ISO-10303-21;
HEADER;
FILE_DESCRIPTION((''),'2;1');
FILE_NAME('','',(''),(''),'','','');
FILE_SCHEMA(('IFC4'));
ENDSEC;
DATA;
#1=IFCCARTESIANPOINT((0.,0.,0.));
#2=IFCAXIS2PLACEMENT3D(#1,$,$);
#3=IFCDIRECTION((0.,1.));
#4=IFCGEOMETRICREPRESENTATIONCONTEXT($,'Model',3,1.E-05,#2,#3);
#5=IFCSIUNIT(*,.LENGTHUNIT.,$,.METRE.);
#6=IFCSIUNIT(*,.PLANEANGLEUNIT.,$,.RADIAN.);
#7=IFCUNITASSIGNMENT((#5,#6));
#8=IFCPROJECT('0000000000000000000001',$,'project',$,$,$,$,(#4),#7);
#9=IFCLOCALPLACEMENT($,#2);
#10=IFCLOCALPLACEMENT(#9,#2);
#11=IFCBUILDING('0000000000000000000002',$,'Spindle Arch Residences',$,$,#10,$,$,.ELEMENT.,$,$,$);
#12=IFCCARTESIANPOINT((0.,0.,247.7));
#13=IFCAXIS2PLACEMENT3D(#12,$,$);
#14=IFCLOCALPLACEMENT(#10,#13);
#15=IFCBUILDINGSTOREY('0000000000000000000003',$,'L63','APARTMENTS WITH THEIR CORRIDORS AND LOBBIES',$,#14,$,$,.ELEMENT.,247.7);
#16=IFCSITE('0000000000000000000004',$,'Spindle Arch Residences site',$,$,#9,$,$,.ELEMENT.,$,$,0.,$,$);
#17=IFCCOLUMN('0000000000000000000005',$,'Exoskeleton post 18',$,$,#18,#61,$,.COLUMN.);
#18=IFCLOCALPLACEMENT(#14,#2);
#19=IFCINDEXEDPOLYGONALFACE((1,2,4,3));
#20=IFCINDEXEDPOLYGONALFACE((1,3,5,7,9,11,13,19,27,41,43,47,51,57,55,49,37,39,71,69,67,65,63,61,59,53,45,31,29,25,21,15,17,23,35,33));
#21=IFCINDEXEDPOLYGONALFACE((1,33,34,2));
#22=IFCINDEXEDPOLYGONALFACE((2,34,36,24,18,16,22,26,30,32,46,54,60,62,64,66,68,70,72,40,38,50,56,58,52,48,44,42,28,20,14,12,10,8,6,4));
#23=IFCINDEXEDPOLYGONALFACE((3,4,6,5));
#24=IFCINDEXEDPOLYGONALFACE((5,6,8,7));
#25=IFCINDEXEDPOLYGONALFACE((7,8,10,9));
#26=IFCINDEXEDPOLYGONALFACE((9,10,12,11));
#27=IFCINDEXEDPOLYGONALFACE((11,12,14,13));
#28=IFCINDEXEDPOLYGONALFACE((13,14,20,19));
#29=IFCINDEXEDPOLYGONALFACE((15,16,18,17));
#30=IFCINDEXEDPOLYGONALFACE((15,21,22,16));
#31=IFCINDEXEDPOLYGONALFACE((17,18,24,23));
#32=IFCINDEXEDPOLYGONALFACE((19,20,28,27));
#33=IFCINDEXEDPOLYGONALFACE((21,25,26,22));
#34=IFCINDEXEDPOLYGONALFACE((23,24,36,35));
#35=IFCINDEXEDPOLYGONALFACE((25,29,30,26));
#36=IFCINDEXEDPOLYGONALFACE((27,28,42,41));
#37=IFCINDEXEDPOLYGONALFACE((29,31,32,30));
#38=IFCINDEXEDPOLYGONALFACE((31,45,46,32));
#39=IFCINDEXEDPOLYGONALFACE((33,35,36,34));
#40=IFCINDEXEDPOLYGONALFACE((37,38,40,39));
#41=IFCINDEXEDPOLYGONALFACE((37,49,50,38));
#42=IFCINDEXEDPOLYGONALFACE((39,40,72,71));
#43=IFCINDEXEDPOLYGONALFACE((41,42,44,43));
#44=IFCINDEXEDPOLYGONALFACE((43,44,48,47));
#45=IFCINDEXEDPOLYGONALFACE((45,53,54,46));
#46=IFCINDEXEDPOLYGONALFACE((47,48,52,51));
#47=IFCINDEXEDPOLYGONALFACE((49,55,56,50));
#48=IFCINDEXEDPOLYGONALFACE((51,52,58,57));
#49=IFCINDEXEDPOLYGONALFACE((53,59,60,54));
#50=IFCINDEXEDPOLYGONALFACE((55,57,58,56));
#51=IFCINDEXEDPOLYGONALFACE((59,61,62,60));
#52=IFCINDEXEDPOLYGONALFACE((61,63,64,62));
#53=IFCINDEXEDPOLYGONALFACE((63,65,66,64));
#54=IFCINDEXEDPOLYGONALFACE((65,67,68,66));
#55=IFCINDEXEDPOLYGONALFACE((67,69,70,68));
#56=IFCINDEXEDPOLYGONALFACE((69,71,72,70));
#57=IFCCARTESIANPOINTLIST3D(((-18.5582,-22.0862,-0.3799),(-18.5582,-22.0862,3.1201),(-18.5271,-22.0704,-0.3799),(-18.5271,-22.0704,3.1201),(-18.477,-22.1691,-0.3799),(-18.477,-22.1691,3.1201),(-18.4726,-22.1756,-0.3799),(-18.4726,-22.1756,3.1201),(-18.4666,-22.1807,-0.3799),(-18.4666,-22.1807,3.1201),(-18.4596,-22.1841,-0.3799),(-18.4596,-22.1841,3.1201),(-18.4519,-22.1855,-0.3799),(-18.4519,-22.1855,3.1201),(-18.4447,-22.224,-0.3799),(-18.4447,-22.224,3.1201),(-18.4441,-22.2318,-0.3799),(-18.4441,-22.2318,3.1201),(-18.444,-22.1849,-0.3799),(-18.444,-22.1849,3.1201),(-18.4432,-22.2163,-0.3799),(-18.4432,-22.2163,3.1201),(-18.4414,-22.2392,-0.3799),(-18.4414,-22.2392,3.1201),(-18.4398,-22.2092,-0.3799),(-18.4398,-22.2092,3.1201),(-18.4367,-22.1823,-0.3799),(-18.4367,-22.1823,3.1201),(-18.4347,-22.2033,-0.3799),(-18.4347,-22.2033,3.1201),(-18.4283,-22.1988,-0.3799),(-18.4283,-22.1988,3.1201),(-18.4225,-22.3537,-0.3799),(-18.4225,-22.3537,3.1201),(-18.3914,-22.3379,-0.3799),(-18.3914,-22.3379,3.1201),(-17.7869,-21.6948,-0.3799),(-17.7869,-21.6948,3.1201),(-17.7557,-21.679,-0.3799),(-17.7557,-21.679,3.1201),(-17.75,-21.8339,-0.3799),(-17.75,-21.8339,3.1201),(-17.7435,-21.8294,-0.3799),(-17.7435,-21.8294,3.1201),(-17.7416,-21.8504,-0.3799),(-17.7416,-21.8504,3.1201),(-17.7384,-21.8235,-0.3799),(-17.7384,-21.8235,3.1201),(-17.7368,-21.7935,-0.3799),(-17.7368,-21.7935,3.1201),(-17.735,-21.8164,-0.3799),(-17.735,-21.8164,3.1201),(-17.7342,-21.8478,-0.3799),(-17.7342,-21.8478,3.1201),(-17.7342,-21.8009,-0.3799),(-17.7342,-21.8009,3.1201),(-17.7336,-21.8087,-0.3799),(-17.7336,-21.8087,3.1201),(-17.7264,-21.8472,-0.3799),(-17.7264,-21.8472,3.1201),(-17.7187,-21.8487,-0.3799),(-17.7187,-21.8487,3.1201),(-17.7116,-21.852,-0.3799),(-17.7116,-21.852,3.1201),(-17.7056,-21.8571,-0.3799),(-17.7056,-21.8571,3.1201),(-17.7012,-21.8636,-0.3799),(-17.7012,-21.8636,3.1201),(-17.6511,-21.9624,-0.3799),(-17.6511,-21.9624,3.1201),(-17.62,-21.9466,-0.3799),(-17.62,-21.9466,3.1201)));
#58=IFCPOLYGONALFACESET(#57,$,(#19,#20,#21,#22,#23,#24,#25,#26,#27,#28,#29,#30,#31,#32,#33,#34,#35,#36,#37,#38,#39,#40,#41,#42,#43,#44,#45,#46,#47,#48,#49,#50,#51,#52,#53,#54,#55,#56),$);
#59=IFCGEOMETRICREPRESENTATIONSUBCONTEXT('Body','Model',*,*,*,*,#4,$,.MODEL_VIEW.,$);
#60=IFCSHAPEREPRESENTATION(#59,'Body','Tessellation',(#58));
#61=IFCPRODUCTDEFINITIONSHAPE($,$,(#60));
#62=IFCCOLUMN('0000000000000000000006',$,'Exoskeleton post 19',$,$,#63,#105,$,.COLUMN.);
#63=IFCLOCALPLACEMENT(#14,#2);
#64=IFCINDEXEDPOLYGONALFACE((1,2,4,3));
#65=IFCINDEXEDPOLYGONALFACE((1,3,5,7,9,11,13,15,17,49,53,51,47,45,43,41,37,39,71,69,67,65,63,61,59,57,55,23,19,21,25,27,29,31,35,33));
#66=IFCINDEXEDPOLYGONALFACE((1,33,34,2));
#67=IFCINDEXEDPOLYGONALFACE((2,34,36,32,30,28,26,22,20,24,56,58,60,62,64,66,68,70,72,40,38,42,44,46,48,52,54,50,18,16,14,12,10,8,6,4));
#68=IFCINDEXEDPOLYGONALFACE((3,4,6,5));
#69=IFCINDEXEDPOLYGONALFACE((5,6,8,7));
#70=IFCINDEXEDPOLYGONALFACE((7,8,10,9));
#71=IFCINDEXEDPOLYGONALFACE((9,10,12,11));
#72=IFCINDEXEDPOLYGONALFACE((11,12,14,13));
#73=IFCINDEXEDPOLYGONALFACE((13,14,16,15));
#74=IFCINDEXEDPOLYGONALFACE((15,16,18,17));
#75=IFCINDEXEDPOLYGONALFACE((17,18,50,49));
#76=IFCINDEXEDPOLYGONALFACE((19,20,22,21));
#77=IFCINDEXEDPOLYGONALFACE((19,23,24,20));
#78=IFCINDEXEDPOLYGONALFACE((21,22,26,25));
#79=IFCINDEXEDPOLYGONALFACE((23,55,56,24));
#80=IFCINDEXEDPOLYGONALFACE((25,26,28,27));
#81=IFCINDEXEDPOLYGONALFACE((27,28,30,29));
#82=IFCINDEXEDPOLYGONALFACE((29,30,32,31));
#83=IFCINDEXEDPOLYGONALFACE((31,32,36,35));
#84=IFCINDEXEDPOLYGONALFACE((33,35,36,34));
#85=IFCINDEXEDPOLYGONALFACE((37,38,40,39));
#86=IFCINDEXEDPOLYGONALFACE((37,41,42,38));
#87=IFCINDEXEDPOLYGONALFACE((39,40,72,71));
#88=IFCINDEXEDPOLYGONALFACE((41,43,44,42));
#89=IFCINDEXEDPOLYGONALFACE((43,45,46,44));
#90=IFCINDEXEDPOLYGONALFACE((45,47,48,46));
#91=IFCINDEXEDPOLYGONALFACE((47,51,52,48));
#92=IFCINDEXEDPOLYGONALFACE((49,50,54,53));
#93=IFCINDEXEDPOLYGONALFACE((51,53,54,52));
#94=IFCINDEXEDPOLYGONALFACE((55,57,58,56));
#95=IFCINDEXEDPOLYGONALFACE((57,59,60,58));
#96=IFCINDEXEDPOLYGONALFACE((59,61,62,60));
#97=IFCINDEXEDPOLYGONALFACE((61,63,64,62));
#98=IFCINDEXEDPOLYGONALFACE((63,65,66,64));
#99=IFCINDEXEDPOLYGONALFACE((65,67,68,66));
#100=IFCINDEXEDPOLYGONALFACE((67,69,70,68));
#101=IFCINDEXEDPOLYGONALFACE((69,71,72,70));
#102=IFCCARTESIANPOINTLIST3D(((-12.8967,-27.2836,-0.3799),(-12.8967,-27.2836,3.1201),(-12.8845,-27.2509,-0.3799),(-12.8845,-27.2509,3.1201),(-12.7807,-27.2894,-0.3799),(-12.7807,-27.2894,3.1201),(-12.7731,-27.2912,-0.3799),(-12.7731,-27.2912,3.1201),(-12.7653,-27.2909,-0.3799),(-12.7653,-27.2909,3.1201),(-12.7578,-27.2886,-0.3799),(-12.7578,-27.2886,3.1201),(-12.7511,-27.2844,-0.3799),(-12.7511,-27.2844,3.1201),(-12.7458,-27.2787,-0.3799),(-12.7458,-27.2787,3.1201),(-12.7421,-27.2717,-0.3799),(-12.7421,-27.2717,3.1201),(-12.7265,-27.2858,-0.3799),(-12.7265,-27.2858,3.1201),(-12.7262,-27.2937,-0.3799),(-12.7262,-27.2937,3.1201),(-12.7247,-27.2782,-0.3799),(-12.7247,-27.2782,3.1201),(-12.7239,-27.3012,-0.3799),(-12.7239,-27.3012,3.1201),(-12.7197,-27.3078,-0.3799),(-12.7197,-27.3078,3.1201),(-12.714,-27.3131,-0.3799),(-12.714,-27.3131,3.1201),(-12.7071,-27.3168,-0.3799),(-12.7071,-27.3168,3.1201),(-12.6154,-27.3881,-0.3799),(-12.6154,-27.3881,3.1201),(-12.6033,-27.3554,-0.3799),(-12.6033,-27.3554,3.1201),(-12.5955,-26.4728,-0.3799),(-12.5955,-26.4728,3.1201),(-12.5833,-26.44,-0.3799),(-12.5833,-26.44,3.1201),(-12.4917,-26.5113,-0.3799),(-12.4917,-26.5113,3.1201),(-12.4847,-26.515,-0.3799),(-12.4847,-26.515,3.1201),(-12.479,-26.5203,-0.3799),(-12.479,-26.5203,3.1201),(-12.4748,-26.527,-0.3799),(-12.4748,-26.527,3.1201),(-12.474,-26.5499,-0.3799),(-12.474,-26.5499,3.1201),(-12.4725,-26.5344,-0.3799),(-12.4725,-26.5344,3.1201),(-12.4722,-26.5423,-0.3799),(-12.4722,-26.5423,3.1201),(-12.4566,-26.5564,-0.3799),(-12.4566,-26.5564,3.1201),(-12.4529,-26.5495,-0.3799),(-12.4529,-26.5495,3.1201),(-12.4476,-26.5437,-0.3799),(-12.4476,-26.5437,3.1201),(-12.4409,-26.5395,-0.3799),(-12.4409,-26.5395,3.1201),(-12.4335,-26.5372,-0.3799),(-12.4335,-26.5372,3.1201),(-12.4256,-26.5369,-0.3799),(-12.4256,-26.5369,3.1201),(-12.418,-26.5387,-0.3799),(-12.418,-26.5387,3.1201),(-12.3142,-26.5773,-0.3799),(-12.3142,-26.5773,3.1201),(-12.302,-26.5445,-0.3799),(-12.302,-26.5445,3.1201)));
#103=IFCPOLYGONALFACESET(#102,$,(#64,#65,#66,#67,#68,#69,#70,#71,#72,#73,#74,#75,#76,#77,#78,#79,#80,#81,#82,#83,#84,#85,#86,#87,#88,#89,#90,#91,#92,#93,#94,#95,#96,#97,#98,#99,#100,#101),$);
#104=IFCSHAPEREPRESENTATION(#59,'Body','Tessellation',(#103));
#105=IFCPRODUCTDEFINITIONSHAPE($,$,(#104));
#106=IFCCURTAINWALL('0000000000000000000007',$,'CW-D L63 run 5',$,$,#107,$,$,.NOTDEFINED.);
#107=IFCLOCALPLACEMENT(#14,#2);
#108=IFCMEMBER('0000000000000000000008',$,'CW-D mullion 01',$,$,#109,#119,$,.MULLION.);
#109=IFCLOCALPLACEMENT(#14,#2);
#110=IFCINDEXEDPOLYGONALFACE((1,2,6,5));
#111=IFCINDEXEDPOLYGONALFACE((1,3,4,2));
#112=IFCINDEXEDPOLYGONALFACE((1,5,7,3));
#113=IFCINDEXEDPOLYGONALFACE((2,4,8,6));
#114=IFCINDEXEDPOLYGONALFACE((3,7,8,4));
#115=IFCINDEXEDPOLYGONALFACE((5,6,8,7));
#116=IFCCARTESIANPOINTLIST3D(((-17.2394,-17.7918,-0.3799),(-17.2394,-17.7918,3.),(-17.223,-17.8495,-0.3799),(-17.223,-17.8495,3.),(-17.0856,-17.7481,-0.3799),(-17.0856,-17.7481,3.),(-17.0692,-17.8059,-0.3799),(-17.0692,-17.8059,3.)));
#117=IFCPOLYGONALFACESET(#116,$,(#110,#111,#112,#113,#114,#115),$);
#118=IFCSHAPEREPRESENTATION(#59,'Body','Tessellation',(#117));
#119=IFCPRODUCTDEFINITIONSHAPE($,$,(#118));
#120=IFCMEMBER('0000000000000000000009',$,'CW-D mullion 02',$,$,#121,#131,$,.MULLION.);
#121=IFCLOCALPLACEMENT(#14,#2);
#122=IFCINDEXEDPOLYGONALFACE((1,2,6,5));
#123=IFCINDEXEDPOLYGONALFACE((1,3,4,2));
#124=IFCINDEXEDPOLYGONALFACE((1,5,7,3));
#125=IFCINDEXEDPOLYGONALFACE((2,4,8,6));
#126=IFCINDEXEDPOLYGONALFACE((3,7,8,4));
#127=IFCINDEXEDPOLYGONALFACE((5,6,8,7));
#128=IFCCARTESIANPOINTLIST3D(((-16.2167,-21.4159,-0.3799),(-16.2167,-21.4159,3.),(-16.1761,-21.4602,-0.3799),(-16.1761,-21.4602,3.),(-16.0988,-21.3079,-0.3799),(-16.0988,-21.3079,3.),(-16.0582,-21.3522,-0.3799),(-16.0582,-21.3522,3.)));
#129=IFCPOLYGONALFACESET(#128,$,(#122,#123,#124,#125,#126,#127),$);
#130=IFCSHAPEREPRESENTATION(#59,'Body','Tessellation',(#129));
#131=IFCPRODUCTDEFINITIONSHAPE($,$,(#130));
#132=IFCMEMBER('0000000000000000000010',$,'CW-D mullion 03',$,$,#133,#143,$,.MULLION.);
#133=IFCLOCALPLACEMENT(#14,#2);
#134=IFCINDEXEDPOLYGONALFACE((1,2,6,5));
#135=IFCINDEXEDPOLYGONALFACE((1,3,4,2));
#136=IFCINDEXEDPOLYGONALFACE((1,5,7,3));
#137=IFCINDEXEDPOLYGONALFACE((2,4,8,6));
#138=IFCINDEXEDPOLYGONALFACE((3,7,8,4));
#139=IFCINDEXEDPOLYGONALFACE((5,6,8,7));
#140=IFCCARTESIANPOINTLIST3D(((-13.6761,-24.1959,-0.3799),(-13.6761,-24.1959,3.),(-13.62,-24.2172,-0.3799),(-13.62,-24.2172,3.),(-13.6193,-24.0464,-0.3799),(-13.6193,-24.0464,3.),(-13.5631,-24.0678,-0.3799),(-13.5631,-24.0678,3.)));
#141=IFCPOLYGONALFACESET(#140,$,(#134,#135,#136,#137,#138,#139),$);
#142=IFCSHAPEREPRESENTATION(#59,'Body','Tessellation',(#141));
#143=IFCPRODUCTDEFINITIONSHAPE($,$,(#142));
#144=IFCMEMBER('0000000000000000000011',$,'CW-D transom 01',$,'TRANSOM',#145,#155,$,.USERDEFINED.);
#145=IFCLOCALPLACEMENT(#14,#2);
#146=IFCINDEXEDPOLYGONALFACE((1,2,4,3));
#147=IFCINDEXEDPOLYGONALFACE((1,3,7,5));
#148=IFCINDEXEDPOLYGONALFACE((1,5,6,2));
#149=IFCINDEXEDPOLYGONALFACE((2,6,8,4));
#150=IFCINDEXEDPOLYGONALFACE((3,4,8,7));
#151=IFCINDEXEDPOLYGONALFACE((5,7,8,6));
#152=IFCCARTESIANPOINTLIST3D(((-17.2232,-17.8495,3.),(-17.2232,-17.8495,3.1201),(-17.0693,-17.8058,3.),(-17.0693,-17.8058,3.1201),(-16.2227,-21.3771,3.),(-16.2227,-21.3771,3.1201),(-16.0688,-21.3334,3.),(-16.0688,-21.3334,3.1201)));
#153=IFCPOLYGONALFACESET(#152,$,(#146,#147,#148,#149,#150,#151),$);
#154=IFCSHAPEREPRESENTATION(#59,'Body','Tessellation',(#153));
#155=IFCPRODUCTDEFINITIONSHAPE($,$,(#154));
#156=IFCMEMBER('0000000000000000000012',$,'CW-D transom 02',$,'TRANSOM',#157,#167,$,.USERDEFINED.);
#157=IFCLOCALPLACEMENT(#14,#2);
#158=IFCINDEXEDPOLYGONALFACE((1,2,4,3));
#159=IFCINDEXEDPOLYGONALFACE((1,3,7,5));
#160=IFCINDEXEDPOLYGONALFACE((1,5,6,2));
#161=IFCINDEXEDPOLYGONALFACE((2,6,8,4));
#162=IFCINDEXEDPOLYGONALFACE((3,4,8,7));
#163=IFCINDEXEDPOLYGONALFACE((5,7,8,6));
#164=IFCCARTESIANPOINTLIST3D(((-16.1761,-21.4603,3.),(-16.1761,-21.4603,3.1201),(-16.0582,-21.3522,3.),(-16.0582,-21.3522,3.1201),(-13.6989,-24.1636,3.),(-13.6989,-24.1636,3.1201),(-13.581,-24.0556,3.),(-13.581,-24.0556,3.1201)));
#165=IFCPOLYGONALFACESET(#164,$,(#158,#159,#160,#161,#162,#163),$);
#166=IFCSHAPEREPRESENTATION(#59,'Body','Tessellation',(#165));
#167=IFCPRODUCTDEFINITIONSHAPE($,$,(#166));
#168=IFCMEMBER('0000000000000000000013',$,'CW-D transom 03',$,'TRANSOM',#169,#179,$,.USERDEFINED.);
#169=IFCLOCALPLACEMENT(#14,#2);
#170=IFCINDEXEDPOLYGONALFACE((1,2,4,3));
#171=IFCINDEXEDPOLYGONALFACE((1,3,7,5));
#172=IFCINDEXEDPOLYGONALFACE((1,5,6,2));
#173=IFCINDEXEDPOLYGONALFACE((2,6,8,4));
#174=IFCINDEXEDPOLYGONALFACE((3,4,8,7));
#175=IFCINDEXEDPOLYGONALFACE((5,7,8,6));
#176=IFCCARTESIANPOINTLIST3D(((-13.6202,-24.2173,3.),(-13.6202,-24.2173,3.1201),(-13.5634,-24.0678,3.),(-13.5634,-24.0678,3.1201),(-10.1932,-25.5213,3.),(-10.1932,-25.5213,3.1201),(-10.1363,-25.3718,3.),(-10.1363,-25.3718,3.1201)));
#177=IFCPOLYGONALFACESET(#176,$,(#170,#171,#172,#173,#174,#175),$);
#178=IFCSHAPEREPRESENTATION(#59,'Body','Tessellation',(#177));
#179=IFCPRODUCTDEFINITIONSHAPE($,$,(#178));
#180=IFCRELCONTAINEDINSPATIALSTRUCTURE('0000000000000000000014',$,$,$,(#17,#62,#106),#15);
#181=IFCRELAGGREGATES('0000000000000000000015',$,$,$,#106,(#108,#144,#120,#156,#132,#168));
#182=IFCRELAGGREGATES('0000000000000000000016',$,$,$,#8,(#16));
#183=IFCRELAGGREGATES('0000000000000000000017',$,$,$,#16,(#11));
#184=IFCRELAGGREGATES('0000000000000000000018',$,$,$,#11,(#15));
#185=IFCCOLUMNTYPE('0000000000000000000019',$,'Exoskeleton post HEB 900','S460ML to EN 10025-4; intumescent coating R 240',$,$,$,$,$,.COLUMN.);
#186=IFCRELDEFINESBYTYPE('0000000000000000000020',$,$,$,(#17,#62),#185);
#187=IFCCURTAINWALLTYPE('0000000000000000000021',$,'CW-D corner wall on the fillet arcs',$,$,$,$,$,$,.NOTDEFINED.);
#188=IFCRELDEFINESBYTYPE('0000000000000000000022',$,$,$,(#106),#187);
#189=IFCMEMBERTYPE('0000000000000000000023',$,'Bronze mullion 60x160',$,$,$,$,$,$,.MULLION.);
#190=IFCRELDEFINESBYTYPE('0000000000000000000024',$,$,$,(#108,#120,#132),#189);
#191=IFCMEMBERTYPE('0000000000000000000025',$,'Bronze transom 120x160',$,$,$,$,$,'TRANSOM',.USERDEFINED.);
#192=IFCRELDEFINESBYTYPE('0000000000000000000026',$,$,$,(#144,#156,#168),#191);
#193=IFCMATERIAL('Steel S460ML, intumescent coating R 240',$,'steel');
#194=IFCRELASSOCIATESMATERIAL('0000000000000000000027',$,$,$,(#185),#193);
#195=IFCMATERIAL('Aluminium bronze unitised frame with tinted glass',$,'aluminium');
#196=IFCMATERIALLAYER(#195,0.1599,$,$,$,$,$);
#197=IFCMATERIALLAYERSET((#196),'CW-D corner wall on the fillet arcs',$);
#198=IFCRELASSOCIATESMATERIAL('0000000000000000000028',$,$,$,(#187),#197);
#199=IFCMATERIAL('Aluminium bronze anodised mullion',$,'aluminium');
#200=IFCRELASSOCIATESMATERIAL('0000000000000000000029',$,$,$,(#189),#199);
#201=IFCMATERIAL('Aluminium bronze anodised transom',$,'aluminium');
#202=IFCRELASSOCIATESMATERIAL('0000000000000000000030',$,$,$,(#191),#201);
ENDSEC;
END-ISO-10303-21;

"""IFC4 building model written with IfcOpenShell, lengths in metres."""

from ifc_helpers import new_model, si_unit, direction, frame, origin, origin_2d, place, context, subcontext, project, spatial, rectangle, i_section, extrude, material, layer, layer_set, material_profile, profile_set, type_object, element, aggregate, save


model = new_model("IFC4")

# Units and contexts
model_context = context("Model", 3, precision=1e-05, world=origin(), true_north=direction((0.0, 1.0)))
body_context = subcontext(model_context, "Body", "Model", "MODEL_VIEW")
ifc_project = project(units=[si_unit("LENGTHUNIT", "METRE"), si_unit("PLANEANGLEUNIT", "RADIAN")], contexts=[model_context])

# Site, building, storey
site_placement = place(None, origin())
site = spatial("IfcSite", under=ifc_project, at=site_placement, Name="Spindle Arch Residences site", CompositionType="ELEMENT", RefElevation=0.0)
building_placement = place(site_placement, origin())
building = spatial("IfcBuilding", under=site, at=building_placement, Name="Spindle Arch Residences", CompositionType="ELEMENT")
storey_placement = place(building_placement, frame((0.0, 0.0, 247.7)))
storey = spatial("IfcBuildingStorey", under=building, at=storey_placement, Name="L63", Description="APARTMENTS WITH THEIR CORRIDORS AND LOBBIES", CompositionType="ELEMENT", Elevation=247.7)

# Columns
ifc_material_1 = material(Name="Steel S460ML, intumescent coating R 240", Category="steel")
ifc_material_profile_1 = material_profile(ifc_material_1, i_section(OverallWidth=0.3, OverallDepth=0.8999, WebThickness=0.0186, FlangeThickness=0.0349, FilletRadius=0.03, at=origin_2d()), Name="HEB 900")
ifc_profile_set_1 = profile_set([ifc_material_profile_1], Name="Steel S460ML, intumescent coating R 240")
column_type = type_object("IfcColumnType", Name="Exoskeleton post HEB 900", Description="S460ML to EN 10025-4; intumescent coating R 240", PredefinedType="COLUMN", material=ifc_profile_set_1)
for number, where, z_axis, x_axis, name in (
    (1, (-18.0891, -22.0164, -0.3799), (0.0, 0.0, 1.0), (-0.452474, 0.891778, 0.0), "Exoskeleton post 18"),
    (2, (-12.5994, -26.9141, -0.3799), (0.0, 0.0, 1.0), (-0.937401, 0.348253, 0.0), "Exoskeleton post 19"),
):
    element("IfcColumn", number, at=place(storey_placement, frame(where, z_axis=z_axis, x_axis=x_axis)), inside=storey, type_object=column_type, Name=name, PredefinedType="COLUMN", context=body_context, shape_type="SweptSolid", body=[
        extrude(i_section(OverallWidth=0.3, OverallDepth=0.8999, WebThickness=0.0186, FlangeThickness=0.0349, FilletRadius=0.03, at=origin_2d()), origin(), (0.0, 0.0, 1.0), 3.5),
    ])

# Curtain wall, members
ifc_material_2 = material(Name="Aluminium bronze unitised frame with tinted glass", Category="aluminium")
ifc_layer_1 = layer(ifc_material_2, 0.1599)
ifc_layer_set_1 = layer_set([ifc_layer_1], Name="CW-D corner wall on the fillet arcs")
curtain_wall_type = type_object("IfcCurtainWallType", Name="CW-D corner wall on the fillet arcs", PredefinedType="NOTDEFINED", material=ifc_layer_set_1)
curtain_wall_placement = place(storey_placement, origin())
curtain_wall = element("IfcCurtainWall", 3, at=curtain_wall_placement, inside=storey, type_object=curtain_wall_type, Name="CW-D L63 run 5", PredefinedType="NOTDEFINED")
ifc_material_3 = material(Name="Aluminium bronze anodised mullion", Category="aluminium")
ifc_material_profile_2 = material_profile(ifc_material_3, rectangle(XDim=0.1599, YDim=0.0601, at=origin_2d()), Name="MU 60x160")
ifc_profile_set_2 = profile_set([ifc_material_profile_2], Name="Aluminium bronze anodised mullion")
member_type_1 = type_object("IfcMemberType", Name="Bronze mullion 60x160", PredefinedType="MULLION", material=ifc_profile_set_2)
member_1_placement = place(storey_placement, frame((-17.1543, -17.7988, -0.3799), z_axis=(0.0, 0.0, 1.0), x_axis=(0.962059, 0.27284, 0.0)))
member_1 = element("IfcMember", 4, at=member_1_placement, type_object=member_type_1, Name="CW-D mullion 01", PredefinedType="MULLION", context=body_context, shape_type="SweptSolid", body=[
    extrude(rectangle(XDim=0.1599, YDim=0.0601, at=origin_2d()), origin(), (0.0, 0.0, 1.0), 3.3799),
])
member_2_placement = place(storey_placement, frame((-16.1375, -21.384, -0.3799), z_axis=(0.0, 0.0, 1.0), x_axis=(0.737277, 0.67559, 0.0)))
member_2 = element("IfcMember", 5, at=member_2_placement, type_object=member_type_1, Name="CW-D mullion 02", PredefinedType="MULLION", context=body_context, shape_type="SweptSolid", body=[
    extrude(rectangle(XDim=0.1599, YDim=0.0601, at=origin_2d()), origin(), (0.0, 0.0, 1.0), 3.3799),
])
member_3_placement = place(storey_placement, frame((-13.6196, -24.1318, -0.3799), z_axis=(0.0, 0.0, 1.0), x_axis=(0.355651, 0.934619, 0.0)))
member_3 = element("IfcMember", 6, at=member_3_placement, type_object=member_type_1, Name="CW-D mullion 03", PredefinedType="MULLION", context=body_context, shape_type="SweptSolid", body=[
    extrude(rectangle(XDim=0.1599, YDim=0.0601, at=origin_2d()), origin(), (0.0, 0.0, 1.0), 3.3799),
])
ifc_material_4 = material(Name="Aluminium bronze anodised transom", Category="aluminium")
ifc_material_profile_3 = material_profile(ifc_material_4, rectangle(XDim=0.1599, YDim=0.1201, at=origin_2d()), Name="TR 120x160")
ifc_profile_set_3 = profile_set([ifc_material_profile_3], Name="Aluminium bronze anodised transom")
member_type_2 = type_object("IfcMemberType", Name="Bronze transom 120x160", ElementType="TRANSOM", PredefinedType="USERDEFINED", material=ifc_profile_set_3)
member_4_placement = place(storey_placement, frame((-17.1462, -17.8276, 3.0601), z_axis=(0.272856, -0.962055, 0.0), x_axis=(0.962055, 0.272856, 0.0)))
member_4 = element("IfcMember", 7, at=member_4_placement, type_object=member_type_2, Name="CW-D transom 01", ObjectType="TRANSOM", PredefinedType="USERDEFINED", context=body_context, shape_type="SweptSolid", body=[
    extrude(rectangle(XDim=0.1599, YDim=0.1201, at=origin_2d()), origin(), (0.0, 0.0, 1.0), 3.6667),
])
member_5_placement = place(storey_placement, frame((-16.1172, -21.4062, 3.0601), z_axis=(0.675607, -0.737262, 0.0), x_axis=(0.737262, 0.675607, 0.0)))
member_5 = element("IfcMember", 8, at=member_5_placement, type_object=member_type_2, Name="CW-D transom 02", ObjectType="TRANSOM", PredefinedType="USERDEFINED", context=body_context, shape_type="SweptSolid", body=[
    extrude(rectangle(XDim=0.1599, YDim=0.1201, at=origin_2d()), origin(), (0.0, 0.0, 1.0), 3.6667),
])
member_6_placement = place(storey_placement, frame((-13.5918, -24.1426, 3.0601), z_axis=(0.93463, -0.355622, 0.0), x_axis=(0.355622, 0.93463, 0.0)))
member_6 = element("IfcMember", 9, at=member_6_placement, type_object=member_type_2, Name="CW-D transom 03", ObjectType="TRANSOM", PredefinedType="USERDEFINED", context=body_context, shape_type="SweptSolid", body=[
    extrude(rectangle(XDim=0.1599, YDim=0.1201, at=origin_2d()), origin(), (0.0, 0.0, 1.0), 3.6667),
])

aggregate(curtain_wall, [member_1, member_4, member_2, member_5, member_3, member_6])

save(model, "model.ifc")
